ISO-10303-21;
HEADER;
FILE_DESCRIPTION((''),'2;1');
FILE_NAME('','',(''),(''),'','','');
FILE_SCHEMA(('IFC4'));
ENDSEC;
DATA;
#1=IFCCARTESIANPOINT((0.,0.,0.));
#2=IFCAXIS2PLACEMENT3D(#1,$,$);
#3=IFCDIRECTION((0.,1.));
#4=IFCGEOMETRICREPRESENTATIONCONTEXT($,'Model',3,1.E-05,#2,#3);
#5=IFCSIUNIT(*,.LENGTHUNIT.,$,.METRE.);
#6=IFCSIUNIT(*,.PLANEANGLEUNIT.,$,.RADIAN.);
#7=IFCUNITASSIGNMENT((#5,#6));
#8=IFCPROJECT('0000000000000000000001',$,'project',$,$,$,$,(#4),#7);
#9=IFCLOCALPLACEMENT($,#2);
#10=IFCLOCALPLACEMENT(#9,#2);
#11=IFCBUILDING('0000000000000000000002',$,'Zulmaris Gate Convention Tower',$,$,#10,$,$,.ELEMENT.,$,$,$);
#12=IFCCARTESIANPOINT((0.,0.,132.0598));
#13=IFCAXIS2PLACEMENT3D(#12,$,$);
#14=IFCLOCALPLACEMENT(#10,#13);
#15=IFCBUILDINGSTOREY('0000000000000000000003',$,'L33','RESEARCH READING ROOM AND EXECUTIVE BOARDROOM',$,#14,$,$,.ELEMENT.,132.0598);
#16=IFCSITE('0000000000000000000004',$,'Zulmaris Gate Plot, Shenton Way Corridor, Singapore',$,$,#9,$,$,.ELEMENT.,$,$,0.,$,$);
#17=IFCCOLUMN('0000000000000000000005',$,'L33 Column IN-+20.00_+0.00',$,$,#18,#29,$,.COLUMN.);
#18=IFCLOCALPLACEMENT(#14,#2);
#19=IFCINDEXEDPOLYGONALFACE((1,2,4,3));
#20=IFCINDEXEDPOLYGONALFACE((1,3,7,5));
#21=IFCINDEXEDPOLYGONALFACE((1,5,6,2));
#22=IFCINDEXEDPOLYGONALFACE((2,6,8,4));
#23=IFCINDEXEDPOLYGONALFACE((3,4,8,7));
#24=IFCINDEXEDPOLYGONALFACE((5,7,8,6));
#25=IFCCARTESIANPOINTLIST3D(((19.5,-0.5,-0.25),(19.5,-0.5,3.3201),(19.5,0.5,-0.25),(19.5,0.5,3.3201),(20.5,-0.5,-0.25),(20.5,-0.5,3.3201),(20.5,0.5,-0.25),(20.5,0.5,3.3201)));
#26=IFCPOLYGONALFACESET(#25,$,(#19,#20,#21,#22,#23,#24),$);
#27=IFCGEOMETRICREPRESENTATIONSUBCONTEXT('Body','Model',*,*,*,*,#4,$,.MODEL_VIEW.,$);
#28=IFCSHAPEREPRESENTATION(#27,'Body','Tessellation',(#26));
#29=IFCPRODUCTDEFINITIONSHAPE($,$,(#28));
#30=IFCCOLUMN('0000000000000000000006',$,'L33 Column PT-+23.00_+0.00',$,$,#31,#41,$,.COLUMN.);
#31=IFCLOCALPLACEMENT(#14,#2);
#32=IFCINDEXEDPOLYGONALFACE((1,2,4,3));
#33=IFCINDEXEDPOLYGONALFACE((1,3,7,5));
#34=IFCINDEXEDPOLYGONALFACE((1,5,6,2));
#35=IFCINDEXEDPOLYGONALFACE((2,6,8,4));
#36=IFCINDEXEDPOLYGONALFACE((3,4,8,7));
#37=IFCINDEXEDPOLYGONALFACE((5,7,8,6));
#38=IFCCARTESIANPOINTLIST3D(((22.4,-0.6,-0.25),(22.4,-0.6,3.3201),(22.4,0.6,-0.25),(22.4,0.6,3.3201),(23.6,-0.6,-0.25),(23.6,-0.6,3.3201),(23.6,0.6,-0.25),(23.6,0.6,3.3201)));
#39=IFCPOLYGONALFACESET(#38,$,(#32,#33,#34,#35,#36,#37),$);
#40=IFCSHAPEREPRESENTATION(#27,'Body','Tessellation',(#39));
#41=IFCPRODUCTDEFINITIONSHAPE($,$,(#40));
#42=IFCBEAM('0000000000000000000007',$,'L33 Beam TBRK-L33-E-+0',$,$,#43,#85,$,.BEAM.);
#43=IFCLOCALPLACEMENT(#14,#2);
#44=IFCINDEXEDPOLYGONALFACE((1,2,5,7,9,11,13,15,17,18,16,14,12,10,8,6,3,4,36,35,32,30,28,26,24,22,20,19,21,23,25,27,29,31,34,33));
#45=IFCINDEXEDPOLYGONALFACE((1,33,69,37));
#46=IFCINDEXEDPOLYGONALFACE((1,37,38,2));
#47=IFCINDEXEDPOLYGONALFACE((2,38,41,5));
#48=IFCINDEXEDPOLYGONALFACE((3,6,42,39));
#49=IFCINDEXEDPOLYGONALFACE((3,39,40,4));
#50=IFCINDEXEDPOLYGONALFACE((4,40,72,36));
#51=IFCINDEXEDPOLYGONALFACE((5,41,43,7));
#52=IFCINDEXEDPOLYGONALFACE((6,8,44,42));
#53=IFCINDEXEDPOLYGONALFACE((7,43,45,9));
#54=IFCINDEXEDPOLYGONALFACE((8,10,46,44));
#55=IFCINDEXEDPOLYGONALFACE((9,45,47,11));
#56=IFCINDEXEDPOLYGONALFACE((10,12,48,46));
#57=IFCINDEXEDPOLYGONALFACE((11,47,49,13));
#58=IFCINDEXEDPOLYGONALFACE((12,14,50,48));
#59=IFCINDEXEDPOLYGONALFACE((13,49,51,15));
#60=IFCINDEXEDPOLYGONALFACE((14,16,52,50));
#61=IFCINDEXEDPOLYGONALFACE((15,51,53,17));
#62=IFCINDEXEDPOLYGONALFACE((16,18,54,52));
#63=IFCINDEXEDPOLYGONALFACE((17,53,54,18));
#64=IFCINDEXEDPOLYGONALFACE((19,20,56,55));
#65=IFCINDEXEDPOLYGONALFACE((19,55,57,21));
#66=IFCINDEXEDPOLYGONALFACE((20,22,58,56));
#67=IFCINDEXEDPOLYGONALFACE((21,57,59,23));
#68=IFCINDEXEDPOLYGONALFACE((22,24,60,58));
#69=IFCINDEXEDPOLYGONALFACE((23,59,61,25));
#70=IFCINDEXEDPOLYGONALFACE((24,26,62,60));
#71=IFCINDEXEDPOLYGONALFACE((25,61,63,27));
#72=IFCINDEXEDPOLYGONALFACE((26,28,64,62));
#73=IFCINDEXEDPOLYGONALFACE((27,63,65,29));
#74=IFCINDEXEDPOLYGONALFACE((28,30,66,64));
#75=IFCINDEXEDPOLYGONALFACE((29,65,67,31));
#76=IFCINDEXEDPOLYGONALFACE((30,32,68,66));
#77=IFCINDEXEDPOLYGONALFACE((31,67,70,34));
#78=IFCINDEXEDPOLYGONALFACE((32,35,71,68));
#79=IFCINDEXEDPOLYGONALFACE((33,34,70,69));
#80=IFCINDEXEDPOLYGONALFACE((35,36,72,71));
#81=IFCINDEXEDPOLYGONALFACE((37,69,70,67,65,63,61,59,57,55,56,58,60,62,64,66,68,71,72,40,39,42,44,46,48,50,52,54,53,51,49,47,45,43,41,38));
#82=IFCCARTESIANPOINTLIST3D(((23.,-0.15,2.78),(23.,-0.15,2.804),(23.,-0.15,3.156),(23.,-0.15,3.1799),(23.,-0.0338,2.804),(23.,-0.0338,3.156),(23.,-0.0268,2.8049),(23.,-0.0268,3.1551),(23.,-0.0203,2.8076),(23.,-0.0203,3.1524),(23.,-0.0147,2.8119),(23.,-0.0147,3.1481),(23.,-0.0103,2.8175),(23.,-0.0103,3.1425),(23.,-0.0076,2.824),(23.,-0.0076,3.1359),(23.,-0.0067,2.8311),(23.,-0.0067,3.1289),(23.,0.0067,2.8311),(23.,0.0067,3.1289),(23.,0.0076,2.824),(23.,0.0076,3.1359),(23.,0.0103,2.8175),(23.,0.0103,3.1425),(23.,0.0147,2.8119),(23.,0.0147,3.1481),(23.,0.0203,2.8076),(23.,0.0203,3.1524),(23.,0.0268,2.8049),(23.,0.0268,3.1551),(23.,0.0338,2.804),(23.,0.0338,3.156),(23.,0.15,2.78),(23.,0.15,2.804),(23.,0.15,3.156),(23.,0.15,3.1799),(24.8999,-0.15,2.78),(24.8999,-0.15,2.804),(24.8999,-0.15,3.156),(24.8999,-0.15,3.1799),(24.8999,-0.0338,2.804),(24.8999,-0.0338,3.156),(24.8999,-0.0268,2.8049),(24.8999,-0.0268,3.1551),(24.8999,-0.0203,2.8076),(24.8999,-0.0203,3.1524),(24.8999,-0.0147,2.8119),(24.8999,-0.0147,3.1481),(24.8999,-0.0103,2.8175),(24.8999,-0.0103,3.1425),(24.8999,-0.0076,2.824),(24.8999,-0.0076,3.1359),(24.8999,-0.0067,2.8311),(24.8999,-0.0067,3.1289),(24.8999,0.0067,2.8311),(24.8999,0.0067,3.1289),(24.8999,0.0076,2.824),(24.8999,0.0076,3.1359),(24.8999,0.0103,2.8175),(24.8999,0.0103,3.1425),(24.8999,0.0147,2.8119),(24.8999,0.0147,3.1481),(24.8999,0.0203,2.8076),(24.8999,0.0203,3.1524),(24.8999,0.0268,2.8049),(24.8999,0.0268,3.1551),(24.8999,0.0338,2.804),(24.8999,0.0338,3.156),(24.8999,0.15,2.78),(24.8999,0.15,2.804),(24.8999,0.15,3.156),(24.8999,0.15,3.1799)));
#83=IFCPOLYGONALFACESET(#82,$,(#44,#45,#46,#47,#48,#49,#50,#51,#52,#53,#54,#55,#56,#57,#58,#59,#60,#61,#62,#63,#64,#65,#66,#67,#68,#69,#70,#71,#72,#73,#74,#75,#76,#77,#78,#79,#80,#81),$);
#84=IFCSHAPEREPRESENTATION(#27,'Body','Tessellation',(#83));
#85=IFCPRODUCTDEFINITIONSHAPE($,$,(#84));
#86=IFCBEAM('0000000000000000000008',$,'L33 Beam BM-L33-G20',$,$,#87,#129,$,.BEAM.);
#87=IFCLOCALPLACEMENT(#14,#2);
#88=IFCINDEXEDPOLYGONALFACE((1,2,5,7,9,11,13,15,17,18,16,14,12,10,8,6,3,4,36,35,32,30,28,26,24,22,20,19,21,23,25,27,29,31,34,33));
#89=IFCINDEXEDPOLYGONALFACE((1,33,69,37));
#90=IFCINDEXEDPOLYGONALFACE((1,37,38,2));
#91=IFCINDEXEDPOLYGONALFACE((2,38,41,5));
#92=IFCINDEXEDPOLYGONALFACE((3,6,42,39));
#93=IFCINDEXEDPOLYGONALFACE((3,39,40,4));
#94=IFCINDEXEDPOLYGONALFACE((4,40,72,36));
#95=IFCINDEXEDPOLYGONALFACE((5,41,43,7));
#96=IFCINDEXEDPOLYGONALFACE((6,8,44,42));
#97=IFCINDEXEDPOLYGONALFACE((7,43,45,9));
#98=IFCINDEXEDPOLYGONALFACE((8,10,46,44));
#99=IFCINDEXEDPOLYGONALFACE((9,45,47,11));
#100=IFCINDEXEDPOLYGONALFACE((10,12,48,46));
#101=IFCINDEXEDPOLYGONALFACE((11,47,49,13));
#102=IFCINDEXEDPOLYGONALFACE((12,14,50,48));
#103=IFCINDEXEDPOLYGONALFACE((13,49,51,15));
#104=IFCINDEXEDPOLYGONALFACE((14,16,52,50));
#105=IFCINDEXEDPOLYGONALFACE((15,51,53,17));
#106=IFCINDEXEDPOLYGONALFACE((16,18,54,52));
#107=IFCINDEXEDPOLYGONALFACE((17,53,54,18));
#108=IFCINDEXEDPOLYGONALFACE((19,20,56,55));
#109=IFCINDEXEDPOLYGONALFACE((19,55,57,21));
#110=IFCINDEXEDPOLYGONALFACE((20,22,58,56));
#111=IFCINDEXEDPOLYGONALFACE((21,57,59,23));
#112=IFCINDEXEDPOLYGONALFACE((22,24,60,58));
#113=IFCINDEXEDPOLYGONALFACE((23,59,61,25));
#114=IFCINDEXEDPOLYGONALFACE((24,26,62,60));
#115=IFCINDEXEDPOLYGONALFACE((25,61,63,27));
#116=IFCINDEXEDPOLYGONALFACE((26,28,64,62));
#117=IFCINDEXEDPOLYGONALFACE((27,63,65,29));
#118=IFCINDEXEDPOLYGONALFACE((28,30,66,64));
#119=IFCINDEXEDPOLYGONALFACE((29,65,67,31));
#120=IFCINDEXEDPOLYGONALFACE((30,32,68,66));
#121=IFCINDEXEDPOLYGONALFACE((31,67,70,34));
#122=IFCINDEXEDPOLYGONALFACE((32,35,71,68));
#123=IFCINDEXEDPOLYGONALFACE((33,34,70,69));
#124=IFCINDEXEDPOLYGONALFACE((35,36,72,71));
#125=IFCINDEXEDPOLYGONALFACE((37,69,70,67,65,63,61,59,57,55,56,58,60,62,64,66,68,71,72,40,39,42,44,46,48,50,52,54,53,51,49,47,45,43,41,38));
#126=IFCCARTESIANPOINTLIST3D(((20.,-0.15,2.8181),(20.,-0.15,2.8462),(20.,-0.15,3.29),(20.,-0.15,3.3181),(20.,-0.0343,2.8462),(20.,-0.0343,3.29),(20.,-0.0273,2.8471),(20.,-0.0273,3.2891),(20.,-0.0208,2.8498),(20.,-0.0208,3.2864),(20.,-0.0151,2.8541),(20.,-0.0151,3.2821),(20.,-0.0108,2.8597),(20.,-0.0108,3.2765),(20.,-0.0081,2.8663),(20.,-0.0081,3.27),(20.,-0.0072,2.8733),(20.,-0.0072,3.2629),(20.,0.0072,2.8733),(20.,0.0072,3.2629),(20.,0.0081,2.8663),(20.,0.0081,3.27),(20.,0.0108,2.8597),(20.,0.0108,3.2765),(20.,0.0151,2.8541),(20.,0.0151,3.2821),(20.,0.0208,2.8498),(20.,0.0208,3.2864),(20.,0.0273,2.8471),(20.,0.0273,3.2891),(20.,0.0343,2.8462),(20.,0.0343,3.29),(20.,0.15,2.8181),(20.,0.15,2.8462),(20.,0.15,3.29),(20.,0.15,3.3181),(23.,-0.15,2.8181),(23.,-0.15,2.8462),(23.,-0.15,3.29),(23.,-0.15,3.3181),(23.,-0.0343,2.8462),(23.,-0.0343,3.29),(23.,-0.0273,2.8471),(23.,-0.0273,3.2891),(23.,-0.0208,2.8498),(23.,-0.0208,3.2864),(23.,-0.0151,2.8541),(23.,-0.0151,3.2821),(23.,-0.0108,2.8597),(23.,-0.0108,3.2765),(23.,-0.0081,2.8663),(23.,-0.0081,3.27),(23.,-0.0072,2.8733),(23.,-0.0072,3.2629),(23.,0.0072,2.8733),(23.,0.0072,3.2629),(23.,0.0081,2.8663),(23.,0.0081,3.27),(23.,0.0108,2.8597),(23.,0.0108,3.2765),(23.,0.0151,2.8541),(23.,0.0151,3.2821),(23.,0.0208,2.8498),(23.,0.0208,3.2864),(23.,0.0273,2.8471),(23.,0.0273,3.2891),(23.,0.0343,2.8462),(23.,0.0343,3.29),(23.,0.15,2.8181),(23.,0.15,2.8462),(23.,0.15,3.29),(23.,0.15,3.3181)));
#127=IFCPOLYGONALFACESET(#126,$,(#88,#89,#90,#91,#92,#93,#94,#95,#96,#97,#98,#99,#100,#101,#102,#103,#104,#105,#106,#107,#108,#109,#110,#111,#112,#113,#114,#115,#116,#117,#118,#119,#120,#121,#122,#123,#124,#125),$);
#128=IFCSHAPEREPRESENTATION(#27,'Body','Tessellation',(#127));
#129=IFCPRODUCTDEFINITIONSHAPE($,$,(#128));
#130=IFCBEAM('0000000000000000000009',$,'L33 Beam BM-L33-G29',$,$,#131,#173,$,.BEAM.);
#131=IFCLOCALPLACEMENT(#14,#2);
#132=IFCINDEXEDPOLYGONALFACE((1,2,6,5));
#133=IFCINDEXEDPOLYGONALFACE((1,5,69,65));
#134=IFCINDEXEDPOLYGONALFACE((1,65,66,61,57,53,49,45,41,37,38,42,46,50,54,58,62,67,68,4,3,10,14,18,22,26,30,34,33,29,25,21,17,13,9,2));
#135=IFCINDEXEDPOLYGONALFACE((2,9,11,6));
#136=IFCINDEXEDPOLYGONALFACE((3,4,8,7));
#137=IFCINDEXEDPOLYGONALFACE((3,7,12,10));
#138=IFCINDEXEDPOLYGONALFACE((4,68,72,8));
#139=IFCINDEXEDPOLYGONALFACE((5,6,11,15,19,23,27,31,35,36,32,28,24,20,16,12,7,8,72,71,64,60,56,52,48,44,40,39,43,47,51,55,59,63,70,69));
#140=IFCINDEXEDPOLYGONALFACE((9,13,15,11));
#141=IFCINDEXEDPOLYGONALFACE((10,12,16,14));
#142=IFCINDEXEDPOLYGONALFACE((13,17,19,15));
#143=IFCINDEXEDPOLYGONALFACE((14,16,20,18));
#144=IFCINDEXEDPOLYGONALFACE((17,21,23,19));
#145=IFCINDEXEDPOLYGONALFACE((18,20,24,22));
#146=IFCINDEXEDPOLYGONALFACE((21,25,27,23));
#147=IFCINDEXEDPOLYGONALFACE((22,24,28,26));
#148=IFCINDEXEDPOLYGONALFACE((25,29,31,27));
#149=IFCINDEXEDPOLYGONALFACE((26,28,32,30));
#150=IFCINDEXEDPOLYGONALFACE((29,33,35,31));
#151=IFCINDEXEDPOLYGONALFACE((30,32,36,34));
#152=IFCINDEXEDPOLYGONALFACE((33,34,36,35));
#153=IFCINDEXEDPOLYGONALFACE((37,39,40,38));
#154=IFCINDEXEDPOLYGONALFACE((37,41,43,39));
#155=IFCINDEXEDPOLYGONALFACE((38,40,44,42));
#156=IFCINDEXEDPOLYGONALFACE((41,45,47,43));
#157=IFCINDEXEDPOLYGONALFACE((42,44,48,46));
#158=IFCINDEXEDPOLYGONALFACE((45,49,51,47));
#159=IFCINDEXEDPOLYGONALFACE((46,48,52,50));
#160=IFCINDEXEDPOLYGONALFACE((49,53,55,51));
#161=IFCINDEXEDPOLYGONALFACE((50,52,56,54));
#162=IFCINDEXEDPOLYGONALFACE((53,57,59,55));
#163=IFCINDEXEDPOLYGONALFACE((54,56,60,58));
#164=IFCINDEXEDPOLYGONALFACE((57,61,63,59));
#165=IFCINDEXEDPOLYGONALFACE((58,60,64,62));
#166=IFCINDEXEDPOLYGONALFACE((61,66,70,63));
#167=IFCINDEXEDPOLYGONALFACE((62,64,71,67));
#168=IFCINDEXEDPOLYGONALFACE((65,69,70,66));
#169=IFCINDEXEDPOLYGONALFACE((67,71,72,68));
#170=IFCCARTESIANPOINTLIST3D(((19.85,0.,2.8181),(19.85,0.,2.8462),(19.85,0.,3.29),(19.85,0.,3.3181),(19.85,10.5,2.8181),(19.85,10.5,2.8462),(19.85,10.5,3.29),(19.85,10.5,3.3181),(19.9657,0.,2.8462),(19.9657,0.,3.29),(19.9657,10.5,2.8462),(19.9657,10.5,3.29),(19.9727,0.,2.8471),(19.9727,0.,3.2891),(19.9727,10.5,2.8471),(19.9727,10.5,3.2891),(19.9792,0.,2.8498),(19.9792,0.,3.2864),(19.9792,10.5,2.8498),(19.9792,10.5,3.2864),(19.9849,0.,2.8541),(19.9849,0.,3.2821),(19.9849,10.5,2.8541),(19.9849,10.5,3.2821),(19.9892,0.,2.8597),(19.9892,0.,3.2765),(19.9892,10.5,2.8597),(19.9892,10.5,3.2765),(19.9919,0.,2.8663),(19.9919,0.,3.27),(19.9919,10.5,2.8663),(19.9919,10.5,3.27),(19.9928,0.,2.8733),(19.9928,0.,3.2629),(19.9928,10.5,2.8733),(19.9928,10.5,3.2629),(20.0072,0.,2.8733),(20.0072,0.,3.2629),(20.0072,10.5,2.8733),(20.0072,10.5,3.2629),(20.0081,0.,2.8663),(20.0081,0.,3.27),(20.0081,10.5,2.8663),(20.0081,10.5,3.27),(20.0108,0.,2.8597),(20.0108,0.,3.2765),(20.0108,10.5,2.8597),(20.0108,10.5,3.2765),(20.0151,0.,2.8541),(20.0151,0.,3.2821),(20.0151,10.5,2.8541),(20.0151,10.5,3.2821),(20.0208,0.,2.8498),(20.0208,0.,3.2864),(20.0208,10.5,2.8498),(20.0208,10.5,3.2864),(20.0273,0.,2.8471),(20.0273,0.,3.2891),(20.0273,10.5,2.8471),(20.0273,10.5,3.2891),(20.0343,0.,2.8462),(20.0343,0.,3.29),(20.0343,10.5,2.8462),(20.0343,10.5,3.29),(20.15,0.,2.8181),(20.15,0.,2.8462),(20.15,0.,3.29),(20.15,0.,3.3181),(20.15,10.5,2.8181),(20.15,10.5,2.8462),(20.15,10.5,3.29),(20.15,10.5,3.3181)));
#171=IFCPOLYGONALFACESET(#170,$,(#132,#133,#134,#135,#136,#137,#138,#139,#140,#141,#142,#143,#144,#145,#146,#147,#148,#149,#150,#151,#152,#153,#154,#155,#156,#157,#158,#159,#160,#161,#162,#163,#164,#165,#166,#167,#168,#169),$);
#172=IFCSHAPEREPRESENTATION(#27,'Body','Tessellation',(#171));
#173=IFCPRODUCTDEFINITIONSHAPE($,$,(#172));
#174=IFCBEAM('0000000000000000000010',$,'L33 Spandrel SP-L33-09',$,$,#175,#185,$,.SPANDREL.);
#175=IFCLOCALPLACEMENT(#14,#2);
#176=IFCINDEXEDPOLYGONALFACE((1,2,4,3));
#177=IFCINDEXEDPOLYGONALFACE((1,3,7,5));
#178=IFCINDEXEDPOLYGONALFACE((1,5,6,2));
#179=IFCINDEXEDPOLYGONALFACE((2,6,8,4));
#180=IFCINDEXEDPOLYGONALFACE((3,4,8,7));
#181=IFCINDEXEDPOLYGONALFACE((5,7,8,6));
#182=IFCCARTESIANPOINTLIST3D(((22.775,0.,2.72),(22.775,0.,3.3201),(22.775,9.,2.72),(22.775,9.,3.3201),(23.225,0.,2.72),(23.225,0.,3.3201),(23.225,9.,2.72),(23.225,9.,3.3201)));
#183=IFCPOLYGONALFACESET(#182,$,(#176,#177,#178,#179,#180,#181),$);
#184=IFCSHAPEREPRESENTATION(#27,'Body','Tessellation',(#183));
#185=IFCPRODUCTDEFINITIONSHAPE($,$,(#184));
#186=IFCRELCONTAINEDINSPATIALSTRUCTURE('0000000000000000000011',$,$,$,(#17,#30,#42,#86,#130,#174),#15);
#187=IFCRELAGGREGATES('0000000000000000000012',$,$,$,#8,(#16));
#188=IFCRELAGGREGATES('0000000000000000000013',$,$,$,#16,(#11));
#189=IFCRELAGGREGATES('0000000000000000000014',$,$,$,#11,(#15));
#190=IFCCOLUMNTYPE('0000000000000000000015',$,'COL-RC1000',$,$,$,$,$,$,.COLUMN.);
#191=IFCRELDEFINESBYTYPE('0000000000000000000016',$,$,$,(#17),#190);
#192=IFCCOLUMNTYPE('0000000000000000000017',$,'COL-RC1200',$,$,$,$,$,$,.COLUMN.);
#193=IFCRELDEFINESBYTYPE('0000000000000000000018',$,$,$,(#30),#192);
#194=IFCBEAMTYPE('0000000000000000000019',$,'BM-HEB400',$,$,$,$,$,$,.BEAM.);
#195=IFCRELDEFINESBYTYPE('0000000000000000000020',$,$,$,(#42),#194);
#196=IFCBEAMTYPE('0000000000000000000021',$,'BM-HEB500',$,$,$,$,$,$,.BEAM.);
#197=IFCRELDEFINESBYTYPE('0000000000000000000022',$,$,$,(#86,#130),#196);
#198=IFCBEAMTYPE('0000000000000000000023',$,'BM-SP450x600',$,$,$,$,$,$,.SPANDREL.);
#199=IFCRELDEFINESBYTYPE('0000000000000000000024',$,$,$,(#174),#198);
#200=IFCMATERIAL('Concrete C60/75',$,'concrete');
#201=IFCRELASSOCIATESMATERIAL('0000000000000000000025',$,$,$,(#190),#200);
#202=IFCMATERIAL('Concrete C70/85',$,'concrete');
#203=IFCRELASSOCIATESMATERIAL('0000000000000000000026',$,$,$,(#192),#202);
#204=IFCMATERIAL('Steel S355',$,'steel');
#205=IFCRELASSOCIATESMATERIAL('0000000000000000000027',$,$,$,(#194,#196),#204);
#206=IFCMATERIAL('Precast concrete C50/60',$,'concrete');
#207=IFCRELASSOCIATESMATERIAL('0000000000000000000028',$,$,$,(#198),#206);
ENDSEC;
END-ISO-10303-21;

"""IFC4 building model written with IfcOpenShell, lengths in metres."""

from ifc_helpers import new_model, si_unit, direction, frame, origin, origin_2d, place, context, subcontext, project, spatial, rectangle, i_section, extrude, material, material_profile, profile_set, type_object, element, save


model = new_model("IFC4")

# Units and contexts
model_context = context("Model", 3, precision=1e-05, world=origin(), true_north=direction((0.0, 1.0)))
body_context = subcontext(model_context, "Body", "Model", "MODEL_VIEW")
ifc_project = project(units=[si_unit("LENGTHUNIT", "METRE"), si_unit("PLANEANGLEUNIT", "RADIAN")], contexts=[model_context])

# Site, building, storey
site_placement = place(None, origin())
site = spatial("IfcSite", under=ifc_project, at=site_placement, Name="Zulmaris Gate Plot, Shenton Way Corridor, Singapore", CompositionType="ELEMENT", RefElevation=0.0)
building_placement = place(site_placement, origin())
building = spatial("IfcBuilding", under=site, at=building_placement, Name="Zulmaris Gate Convention Tower", CompositionType="ELEMENT")
storey_placement = place(building_placement, frame((0.0, 0.0, 132.0598)))
storey = spatial("IfcBuildingStorey", under=building, at=storey_placement, Name="L33", Description="RESEARCH READING ROOM AND EXECUTIVE BOARDROOM", CompositionType="ELEMENT", Elevation=132.0598)

# Columns
ifc_material_1 = material(Name="Concrete C60/75", Category="concrete")
ifc_material_profile_1 = material_profile(ifc_material_1, rectangle(XDim=1.0, YDim=1.0, at=origin_2d()), Name="RC COL 1000x1000")
ifc_profile_set_1 = profile_set([ifc_material_profile_1], Name="Concrete C60/75")
column_type_1 = type_object("IfcColumnType", Name="COL-RC1000", PredefinedType="COLUMN", material=ifc_profile_set_1)
column_1_placement = place(storey_placement, frame((20.0, 0.0, -0.25), z_axis=(0.0, 0.0, 1.0), x_axis=(1.0, 0.0, 0.0)))
element("IfcColumn", 1, at=column_1_placement, inside=storey, type_object=column_type_1, Name="L33 Column IN-+20.00_+0.00", PredefinedType="COLUMN", context=body_context, shape_type="SweptSolid", body=[
    extrude(rectangle(XDim=1.0, YDim=1.0, at=origin_2d()), origin(), (0.0, 0.0, 1.0), 3.5701),
])
ifc_material_2 = material(Name="Concrete C70/85", Category="concrete")
ifc_material_profile_2 = material_profile(ifc_material_2, rectangle(XDim=1.2, YDim=1.2, at=origin_2d()), Name="RC COL 1200x1200")
ifc_profile_set_2 = profile_set([ifc_material_profile_2], Name="Concrete C70/85")
column_type_2 = type_object("IfcColumnType", Name="COL-RC1200", PredefinedType="COLUMN", material=ifc_profile_set_2)
column_2_placement = place(storey_placement, frame((23.0, 0.0, -0.25), z_axis=(0.0, 0.0, 1.0), x_axis=(1.0, 0.0, 0.0)))
element("IfcColumn", 2, at=column_2_placement, inside=storey, type_object=column_type_2, Name="L33 Column PT-+23.00_+0.00", PredefinedType="COLUMN", context=body_context, shape_type="SweptSolid", body=[
    extrude(rectangle(XDim=1.2, YDim=1.2, at=origin_2d()), origin(), (0.0, 0.0, 1.0), 3.5701),
])

# Beams
ifc_material_3 = material(Name="Steel S355", Category="steel")
ifc_material_profile_3 = material_profile(ifc_material_3, i_section(OverallWidth=0.3, OverallDepth=0.3999, WebThickness=0.0134, FlangeThickness=0.0239, FilletRadius=0.0271, at=origin_2d()), Name="HEB 400")
ifc_profile_set_3 = profile_set([ifc_material_profile_3], Name="Steel S355")
beam_type_1 = type_object("IfcBeamType", Name="BM-HEB400", PredefinedType="BEAM", material=ifc_profile_set_3)
beam_1_placement = place(storey_placement, frame((23.0, 0.0, 2.98), z_axis=(1.0, 0.0, 0.0), x_axis=(0.0, 1.0, 0.0)))
element("IfcBeam", 3, at=beam_1_placement, inside=storey, type_object=beam_type_1, Name="L33 Beam TBRK-L33-E-+0", PredefinedType="BEAM", context=body_context, shape_type="SweptSolid", body=[
    extrude(i_section(OverallWidth=0.3, OverallDepth=0.3999, WebThickness=0.0134, FlangeThickness=0.0239, FilletRadius=0.0271, at=origin_2d()), origin(), (0.0, 0.0, 1.0), 1.8999),
])
ifc_material_profile_4 = material_profile(ifc_material_3, i_section(OverallWidth=0.3, OverallDepth=0.5, WebThickness=0.0144, FlangeThickness=0.0281, FilletRadius=0.0271, at=origin_2d()), Name="HEB 500")
ifc_profile_set_4 = profile_set([ifc_material_profile_4], Name="Steel S355")
beam_type_2 = type_object("IfcBeamType", Name="BM-HEB500", PredefinedType="BEAM", material=ifc_profile_set_4)
beam_2_placement = place(storey_placement, frame((20.0, 0.0, 3.0681), z_axis=(1.0, 0.0, 0.0), x_axis=(0.0, 1.0, 0.0)))
element("IfcBeam", 4, at=beam_2_placement, inside=storey, type_object=beam_type_2, Name="L33 Beam BM-L33-G20", PredefinedType="BEAM", context=body_context, shape_type="SweptSolid", body=[
    extrude(i_section(OverallWidth=0.3, OverallDepth=0.5, WebThickness=0.0144, FlangeThickness=0.0281, FilletRadius=0.0271, at=origin_2d()), origin(), (0.0, 0.0, 1.0), 3.0),
])
beam_3_placement = place(storey_placement, frame((20.0, 0.0, 3.0681), z_axis=(0.0, 1.0, 0.0), x_axis=(-1.0, 0.0, 0.0)))
element("IfcBeam", 5, at=beam_3_placement, inside=storey, type_object=beam_type_2, Name="L33 Beam BM-L33-G29", PredefinedType="BEAM", context=body_context, shape_type="SweptSolid", body=[
    extrude(i_section(OverallWidth=0.3, OverallDepth=0.5, WebThickness=0.0144, FlangeThickness=0.0281, FilletRadius=0.0271, at=origin_2d()), origin(), (0.0, 0.0, 1.0), 10.5),
])
ifc_material_4 = material(Name="Precast concrete C50/60", Category="concrete")
ifc_material_profile_5 = material_profile(ifc_material_4, rectangle(XDim=0.45, YDim=0.6001, at=origin_2d()), Name="RC SPANDREL 450x600")
ifc_profile_set_5 = profile_set([ifc_material_profile_5], Name="Precast concrete C50/60")
beam_type_3 = type_object("IfcBeamType", Name="BM-SP450x600", PredefinedType="SPANDREL", material=ifc_profile_set_5)
beam_4_placement = place(storey_placement, frame((23.0, 0.0, 3.02), z_axis=(0.0, 1.0, 0.0), x_axis=(-1.0, 0.0, 0.0)))
element("IfcBeam", 6, at=beam_4_placement, inside=storey, type_object=beam_type_3, Name="L33 Spandrel SP-L33-09", PredefinedType="SPANDREL", context=body_context, shape_type="SweptSolid", body=[
    extrude(rectangle(XDim=0.45, YDim=0.6001, at=origin_2d()), origin(), (0.0, 0.0, 1.0), 9.0),
])

save(model, "model.ifc")
